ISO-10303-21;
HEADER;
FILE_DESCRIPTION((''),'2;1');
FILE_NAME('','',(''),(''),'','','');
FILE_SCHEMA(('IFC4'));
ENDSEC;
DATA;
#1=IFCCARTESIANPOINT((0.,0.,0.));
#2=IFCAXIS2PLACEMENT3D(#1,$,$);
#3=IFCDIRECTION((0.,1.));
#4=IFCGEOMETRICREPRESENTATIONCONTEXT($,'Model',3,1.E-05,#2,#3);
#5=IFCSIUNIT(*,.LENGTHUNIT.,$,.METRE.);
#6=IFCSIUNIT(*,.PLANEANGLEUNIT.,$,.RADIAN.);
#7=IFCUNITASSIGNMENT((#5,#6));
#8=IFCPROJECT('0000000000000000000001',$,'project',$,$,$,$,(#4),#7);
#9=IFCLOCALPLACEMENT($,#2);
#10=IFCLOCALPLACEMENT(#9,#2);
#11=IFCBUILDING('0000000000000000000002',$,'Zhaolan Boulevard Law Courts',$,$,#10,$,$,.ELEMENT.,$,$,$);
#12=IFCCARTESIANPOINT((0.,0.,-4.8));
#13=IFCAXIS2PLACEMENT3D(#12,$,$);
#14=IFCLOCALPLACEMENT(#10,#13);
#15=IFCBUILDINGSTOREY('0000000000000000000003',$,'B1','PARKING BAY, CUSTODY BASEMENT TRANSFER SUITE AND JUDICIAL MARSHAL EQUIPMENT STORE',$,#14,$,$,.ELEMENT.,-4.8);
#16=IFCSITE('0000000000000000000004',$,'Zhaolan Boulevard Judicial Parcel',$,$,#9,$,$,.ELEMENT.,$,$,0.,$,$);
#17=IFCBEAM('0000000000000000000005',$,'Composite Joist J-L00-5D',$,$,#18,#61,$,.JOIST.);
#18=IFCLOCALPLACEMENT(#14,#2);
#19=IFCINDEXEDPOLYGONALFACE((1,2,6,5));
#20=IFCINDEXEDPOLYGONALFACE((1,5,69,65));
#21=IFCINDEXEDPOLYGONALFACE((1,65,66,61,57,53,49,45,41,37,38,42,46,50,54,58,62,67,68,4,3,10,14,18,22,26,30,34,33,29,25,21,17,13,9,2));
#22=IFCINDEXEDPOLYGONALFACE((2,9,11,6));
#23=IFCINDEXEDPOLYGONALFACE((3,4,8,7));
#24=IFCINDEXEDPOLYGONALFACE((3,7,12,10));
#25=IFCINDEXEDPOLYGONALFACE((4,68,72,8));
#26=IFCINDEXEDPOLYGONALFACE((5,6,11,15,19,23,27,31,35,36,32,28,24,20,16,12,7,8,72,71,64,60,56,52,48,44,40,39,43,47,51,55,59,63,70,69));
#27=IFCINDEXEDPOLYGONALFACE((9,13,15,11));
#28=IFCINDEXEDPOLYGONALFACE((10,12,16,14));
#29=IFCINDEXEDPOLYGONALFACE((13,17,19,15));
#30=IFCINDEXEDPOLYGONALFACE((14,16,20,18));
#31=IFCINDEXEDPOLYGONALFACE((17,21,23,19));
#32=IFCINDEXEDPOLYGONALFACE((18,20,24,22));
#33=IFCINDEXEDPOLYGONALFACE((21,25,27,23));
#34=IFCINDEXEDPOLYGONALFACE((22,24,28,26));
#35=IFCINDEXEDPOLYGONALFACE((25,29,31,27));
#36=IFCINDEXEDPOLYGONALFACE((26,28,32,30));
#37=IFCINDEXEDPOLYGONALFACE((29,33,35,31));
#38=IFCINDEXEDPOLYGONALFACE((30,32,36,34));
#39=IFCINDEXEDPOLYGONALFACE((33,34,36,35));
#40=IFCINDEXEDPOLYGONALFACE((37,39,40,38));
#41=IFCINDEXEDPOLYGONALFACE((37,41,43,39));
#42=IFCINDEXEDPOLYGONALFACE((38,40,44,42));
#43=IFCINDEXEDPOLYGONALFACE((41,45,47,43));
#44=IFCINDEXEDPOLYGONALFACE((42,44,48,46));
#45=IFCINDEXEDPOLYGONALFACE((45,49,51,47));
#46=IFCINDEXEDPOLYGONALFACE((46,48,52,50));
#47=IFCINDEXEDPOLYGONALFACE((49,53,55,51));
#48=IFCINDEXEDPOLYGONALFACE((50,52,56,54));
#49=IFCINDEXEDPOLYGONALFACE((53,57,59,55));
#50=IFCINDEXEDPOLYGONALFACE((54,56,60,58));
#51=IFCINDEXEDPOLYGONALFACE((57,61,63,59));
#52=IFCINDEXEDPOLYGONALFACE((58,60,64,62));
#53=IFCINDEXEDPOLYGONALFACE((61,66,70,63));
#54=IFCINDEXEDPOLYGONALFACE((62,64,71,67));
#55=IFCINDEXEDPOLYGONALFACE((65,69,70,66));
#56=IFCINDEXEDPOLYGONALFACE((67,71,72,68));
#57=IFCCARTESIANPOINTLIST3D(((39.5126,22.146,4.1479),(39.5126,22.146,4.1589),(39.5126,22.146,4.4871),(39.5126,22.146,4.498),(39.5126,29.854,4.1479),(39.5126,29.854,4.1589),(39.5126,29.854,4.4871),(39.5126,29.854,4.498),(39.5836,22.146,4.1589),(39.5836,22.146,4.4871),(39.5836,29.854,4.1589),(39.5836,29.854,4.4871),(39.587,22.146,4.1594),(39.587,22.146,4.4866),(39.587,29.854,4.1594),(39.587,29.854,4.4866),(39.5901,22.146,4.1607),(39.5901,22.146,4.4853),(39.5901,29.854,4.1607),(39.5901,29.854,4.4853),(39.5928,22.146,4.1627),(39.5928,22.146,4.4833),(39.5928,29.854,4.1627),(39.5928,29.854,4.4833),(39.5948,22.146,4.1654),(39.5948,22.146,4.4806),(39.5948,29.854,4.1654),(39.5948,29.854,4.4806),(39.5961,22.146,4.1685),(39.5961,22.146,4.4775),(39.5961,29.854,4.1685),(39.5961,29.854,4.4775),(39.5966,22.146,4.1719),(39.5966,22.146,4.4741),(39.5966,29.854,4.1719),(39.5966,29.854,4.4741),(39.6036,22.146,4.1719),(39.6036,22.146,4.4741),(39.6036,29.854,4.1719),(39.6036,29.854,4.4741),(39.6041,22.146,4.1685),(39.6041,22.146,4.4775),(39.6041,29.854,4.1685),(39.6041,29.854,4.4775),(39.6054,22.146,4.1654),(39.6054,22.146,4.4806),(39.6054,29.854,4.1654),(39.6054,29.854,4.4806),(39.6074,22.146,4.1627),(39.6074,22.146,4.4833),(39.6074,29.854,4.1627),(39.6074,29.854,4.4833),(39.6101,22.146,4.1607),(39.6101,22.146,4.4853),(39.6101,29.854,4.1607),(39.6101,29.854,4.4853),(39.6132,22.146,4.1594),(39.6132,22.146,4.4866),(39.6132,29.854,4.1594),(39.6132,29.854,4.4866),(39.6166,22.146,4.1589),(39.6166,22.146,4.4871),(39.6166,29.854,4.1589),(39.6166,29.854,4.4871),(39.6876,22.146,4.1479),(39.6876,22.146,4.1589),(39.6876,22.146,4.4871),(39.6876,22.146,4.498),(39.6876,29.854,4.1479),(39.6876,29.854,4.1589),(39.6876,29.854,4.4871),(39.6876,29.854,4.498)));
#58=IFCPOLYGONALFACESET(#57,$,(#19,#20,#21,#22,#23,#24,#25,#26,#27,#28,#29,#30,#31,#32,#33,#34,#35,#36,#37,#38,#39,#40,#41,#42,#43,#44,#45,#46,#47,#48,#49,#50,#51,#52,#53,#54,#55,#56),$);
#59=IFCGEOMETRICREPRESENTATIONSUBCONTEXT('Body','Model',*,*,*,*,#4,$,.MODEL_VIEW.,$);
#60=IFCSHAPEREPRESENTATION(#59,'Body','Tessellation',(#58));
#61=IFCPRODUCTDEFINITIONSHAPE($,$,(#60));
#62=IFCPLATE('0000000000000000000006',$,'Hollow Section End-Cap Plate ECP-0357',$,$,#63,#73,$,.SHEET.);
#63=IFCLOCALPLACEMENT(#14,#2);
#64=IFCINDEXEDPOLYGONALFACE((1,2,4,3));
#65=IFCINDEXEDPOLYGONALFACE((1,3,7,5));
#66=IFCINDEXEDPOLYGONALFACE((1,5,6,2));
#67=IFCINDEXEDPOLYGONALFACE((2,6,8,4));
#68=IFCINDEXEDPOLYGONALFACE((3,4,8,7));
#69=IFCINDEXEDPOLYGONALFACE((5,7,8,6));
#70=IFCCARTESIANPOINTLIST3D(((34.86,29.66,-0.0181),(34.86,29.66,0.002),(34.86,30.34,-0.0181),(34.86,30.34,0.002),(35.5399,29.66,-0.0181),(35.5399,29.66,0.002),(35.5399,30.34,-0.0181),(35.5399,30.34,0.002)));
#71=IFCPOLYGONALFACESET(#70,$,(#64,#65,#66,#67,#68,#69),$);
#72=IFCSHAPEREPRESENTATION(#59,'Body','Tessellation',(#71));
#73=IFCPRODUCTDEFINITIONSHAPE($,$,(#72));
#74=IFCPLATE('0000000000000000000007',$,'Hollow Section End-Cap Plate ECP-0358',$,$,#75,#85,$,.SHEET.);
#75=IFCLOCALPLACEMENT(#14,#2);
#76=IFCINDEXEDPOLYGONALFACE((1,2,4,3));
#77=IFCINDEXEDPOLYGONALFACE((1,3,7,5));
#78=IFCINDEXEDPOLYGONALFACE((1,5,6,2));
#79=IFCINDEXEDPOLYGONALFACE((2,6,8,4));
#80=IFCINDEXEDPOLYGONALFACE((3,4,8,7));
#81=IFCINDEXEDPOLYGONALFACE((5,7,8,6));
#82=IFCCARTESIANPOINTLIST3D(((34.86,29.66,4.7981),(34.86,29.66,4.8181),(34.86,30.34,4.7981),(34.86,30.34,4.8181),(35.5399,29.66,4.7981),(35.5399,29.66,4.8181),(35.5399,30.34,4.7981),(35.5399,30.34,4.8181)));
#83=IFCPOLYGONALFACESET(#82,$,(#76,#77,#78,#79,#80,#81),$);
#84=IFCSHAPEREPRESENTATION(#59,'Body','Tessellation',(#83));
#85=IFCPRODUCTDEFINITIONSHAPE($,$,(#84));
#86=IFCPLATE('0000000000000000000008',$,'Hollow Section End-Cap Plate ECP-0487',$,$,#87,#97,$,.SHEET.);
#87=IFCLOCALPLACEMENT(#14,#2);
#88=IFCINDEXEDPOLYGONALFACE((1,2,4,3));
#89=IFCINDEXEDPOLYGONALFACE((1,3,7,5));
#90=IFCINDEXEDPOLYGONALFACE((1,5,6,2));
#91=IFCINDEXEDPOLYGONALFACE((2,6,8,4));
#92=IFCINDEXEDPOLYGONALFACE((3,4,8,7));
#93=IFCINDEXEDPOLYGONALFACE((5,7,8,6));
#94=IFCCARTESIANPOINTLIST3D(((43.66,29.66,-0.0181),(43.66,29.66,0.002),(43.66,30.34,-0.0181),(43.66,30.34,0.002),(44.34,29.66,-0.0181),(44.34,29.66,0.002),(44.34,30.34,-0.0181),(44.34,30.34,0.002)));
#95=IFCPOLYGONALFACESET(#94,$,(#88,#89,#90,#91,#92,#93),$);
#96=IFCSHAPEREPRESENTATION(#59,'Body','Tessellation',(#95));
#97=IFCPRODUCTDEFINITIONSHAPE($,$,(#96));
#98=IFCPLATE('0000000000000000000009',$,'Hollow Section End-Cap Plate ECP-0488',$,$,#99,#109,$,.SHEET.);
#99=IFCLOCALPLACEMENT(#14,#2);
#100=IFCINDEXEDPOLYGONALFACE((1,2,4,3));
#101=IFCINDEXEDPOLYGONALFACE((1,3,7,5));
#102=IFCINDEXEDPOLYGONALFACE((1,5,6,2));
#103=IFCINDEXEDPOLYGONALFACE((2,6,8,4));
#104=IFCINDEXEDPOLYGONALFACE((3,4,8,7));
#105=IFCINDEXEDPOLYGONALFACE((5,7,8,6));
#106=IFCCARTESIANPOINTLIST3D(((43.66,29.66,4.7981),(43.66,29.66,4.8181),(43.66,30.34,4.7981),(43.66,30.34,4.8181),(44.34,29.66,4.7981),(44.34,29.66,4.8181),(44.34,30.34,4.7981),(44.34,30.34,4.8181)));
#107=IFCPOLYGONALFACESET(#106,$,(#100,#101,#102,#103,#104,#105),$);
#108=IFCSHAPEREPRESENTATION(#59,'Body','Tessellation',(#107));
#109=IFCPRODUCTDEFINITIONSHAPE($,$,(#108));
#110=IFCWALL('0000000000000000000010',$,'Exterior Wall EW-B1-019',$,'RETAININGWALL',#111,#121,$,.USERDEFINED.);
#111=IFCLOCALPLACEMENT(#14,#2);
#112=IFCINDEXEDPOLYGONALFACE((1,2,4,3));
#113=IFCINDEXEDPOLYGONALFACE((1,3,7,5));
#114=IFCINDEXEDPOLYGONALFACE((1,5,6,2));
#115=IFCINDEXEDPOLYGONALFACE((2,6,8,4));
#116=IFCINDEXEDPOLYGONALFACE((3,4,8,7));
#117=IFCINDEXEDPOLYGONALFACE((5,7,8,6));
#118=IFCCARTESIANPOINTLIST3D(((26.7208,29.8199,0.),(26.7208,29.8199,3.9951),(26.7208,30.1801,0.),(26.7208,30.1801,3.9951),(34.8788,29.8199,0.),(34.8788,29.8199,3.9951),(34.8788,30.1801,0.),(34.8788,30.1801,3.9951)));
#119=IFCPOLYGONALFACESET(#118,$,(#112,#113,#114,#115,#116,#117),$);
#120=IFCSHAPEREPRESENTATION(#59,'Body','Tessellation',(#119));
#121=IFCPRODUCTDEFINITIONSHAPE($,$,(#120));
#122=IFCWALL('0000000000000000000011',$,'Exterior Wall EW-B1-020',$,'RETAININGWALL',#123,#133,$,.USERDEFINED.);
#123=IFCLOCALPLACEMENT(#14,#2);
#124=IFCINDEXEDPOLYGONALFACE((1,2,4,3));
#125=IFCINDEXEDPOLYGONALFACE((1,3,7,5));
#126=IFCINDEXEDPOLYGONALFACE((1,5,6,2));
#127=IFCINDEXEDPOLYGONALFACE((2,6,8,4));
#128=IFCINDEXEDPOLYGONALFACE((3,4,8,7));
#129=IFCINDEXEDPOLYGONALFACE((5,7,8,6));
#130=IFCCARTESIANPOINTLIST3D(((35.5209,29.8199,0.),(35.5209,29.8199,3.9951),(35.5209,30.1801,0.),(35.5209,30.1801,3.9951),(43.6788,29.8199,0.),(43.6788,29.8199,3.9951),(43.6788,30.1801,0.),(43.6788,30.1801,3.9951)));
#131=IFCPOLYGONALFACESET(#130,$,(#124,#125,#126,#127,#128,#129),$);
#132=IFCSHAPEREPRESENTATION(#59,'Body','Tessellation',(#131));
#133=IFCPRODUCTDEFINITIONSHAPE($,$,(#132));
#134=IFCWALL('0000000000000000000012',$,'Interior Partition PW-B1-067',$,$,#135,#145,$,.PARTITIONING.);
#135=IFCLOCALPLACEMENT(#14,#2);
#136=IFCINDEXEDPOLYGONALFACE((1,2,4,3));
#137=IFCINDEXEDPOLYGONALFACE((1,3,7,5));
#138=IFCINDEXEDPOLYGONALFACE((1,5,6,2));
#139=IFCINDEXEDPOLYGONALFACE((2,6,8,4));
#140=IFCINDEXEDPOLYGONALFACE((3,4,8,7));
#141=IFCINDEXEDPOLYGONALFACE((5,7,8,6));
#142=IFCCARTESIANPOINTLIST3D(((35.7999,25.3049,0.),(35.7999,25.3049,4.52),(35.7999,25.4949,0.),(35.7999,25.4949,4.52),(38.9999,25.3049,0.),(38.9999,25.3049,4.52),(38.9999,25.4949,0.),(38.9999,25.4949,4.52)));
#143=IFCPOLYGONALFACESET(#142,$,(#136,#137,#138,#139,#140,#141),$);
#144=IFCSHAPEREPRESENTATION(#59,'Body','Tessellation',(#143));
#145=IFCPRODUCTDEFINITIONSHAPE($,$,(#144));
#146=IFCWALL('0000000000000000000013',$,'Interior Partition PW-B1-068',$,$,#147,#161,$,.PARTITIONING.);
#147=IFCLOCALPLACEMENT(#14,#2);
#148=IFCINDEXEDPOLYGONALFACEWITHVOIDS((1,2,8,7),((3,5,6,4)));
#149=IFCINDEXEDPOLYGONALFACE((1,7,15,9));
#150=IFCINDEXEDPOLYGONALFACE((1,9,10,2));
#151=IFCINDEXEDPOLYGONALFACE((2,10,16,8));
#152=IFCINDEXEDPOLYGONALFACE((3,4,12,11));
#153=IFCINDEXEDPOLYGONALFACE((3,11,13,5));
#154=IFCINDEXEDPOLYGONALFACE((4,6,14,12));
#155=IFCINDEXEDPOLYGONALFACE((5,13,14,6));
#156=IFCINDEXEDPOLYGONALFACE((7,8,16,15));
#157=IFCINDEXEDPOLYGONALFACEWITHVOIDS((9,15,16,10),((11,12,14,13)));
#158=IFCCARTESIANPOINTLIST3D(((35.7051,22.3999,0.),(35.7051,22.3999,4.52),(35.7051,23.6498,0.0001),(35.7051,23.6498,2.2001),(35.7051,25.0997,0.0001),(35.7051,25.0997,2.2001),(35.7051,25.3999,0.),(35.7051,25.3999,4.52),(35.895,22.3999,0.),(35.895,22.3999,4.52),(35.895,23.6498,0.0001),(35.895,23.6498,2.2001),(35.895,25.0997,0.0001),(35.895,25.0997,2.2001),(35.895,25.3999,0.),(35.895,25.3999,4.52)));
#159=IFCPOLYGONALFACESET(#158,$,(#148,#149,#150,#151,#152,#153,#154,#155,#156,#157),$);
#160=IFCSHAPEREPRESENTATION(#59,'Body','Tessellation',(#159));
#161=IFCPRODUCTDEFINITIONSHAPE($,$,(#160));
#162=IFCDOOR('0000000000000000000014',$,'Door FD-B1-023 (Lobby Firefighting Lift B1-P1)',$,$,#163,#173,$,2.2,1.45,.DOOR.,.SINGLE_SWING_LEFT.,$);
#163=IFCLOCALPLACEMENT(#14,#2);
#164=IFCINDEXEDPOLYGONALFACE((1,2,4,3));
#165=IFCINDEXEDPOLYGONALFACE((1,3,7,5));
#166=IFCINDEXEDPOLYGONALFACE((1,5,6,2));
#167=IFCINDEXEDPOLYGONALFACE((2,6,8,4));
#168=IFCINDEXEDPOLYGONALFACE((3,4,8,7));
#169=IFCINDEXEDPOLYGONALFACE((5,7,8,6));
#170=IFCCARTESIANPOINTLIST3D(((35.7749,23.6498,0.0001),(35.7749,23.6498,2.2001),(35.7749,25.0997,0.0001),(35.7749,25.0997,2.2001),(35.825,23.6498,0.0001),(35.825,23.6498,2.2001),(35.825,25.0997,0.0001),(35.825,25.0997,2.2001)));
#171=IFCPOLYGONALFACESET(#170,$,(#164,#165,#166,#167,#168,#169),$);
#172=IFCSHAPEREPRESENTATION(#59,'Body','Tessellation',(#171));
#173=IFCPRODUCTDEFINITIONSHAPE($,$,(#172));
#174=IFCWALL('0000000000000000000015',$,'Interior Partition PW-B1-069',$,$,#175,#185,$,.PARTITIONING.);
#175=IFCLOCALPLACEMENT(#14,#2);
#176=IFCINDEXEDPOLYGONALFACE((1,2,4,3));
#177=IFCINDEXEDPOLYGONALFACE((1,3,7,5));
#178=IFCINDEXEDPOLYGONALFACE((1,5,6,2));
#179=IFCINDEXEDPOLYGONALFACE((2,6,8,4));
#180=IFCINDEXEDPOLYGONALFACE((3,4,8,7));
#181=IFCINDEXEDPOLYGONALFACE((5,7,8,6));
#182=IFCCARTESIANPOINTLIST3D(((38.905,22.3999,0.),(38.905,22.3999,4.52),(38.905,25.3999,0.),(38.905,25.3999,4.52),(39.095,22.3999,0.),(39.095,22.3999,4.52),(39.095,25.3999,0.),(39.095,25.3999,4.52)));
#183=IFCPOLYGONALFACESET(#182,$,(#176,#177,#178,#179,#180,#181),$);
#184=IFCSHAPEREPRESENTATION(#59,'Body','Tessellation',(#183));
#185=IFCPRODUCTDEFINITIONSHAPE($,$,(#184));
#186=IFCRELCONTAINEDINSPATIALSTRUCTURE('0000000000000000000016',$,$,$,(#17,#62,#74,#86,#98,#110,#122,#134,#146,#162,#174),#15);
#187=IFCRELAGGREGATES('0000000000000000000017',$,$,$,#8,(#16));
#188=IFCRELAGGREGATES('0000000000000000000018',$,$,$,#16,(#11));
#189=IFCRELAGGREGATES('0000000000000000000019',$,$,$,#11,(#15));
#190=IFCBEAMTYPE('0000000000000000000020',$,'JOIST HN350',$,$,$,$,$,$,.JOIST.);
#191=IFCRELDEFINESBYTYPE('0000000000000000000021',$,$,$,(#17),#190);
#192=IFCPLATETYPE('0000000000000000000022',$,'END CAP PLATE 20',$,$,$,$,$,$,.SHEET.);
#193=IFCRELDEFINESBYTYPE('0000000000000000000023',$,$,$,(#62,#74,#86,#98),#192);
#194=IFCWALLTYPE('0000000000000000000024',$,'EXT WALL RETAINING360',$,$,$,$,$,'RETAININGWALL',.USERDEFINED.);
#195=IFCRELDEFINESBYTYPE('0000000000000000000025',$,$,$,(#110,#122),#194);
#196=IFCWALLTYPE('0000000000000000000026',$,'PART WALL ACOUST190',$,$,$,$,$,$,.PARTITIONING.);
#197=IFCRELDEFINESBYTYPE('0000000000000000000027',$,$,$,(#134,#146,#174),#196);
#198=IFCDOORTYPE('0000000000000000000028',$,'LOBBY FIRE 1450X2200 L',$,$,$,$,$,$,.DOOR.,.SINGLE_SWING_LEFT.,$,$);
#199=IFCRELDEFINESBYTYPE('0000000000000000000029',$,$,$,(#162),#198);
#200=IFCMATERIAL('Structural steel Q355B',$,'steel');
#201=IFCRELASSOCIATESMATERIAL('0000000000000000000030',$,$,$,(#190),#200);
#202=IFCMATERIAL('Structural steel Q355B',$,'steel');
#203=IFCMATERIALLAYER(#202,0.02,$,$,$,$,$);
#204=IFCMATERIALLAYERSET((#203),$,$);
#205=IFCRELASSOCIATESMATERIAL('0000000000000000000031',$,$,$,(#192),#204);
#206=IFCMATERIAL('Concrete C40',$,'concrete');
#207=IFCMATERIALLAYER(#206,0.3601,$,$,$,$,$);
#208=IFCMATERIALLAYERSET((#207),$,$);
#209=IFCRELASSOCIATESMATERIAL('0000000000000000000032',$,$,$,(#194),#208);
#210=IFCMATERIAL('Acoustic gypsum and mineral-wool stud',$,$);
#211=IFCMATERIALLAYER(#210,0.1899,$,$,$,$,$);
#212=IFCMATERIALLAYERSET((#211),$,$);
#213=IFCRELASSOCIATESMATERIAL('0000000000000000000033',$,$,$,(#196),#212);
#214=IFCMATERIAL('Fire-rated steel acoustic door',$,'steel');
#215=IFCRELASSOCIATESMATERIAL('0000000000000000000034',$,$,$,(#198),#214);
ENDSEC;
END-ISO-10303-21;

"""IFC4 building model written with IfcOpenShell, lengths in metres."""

from ifc_helpers import new_model, si_unit, direction, frame, frame_2d, origin, origin_2d, place, context, subcontext, project, spatial, rectangle, i_section, extrude, material, layer, layer_set, material_profile, profile_set, type_object, element, fill, save


model = new_model("IFC4")

# Units and contexts
model_context = context("Model", 3, precision=1e-05, world=origin(), true_north=direction((0.0, 1.0)))
body_context = subcontext(model_context, "Body", "Model", "MODEL_VIEW")
ifc_project = project(units=[si_unit("LENGTHUNIT", "METRE"), si_unit("PLANEANGLEUNIT", "RADIAN")], contexts=[model_context])

# Site, building, storey
site_placement = place(None, origin())
site = spatial("IfcSite", under=ifc_project, at=site_placement, Name="Zhaolan Boulevard Judicial Parcel", CompositionType="ELEMENT", RefElevation=0.0)
building_placement = place(site_placement, origin())
building = spatial("IfcBuilding", under=site, at=building_placement, Name="Zhaolan Boulevard Law Courts", CompositionType="ELEMENT")
storey_placement = place(building_placement, frame((0.0, 0.0, -4.8)))
storey = spatial("IfcBuildingStorey", under=building, at=storey_placement, Name="B1", Description="PARKING BAY, CUSTODY BASEMENT TRANSFER SUITE AND JUDICIAL MARSHAL EQUIPMENT STORE", CompositionType="ELEMENT", Elevation=-4.8)

# Beam
ifc_material_1 = material(Name="Structural steel Q355B", Category="steel")
ifc_material_profile_1 = material_profile(ifc_material_1, i_section(OverallWidth=0.175, OverallDepth=0.3501, WebThickness=0.0071, FlangeThickness=0.011, FilletRadius=0.0129, at=origin_2d()), Name="HN350x175")
ifc_profile_set_1 = profile_set([ifc_material_profile_1], Name="Structural steel Q355B")
beam_type_1 = type_object("IfcBeamType", Name="JOIST HN350", PredefinedType="JOIST", material=ifc_profile_set_1)
beam_1_placement = place(storey_placement, frame((39.6001, 22.146, 4.323), z_axis=(0.0, 1.0, 0.0), x_axis=(-1.0, 0.0, 0.0)))
element("IfcBeam", 1, at=beam_1_placement, inside=storey, type_object=beam_type_1, Name="Composite Joist J-L00-5D", PredefinedType="JOIST", context=body_context, shape_type="SweptSolid", body=[
    extrude(i_section(OverallWidth=0.175, OverallDepth=0.3501, WebThickness=0.0071, FlangeThickness=0.011, FilletRadius=0.0129, at=origin_2d()), origin(), (0.0, 0.0, 1.0), 7.708),
])

# Plates
ifc_material_2 = material(Name="Structural steel Q355B", Category="steel")
ifc_layer_1 = layer(ifc_material_2, 0.02)
ifc_layer_set_1 = layer_set([ifc_layer_1])
plate_type = type_object("IfcPlateType", Name="END CAP PLATE 20", PredefinedType="SHEET", material=ifc_layer_set_1)
for number, where, z_axis, x_axis, name in (
    (2, (35.2, 30.0, -0.0181), (0.0, 0.0, 1.0), (1.0, 0.0, 0.0), "Hollow Section End-Cap Plate ECP-0357"),
    (3, (35.2, 30.0, 4.7981), (0.0, 0.0, 1.0), (1.0, 0.0, 0.0), "Hollow Section End-Cap Plate ECP-0358"),
    (4, (44.0, 30.0, -0.0181), (0.0, 0.0, 1.0), (1.0, 0.0, 0.0), "Hollow Section End-Cap Plate ECP-0487"),
    (5, (44.0, 30.0, 4.7981), (0.0, 0.0, 1.0), (1.0, 0.0, 0.0), "Hollow Section End-Cap Plate ECP-0488"),
):
    element("IfcPlate", number, at=place(storey_placement, frame(where, z_axis=z_axis, x_axis=x_axis)), inside=storey, type_object=plate_type, Name=name, PredefinedType="SHEET", context=body_context, shape_type="SweptSolid", body=[
        extrude(rectangle(XDim=0.6799, YDim=0.6799, at=origin_2d()), origin(), (0.0, 0.0, 1.0), 0.02),
    ])

# Walls
ifc_material_3 = material(Name="Concrete C40", Category="concrete")
ifc_layer_2 = layer(ifc_material_3, 0.3601)
ifc_layer_set_2 = layer_set([ifc_layer_2])
wall_type_1 = type_object("IfcWallType", Name="EXT WALL RETAINING360", ElementType="RETAININGWALL", PredefinedType="USERDEFINED", material=ifc_layer_set_2)
for number, where, z_axis, x_axis, name in (
    (6, (34.8789, 30.0, 0.0), (0.0, 0.0, 1.0), (-1.0, 0.0, 0.0), "Exterior Wall EW-B1-019"),
    (7, (43.679, 30.0, 0.0), (0.0, 0.0, 1.0), (-1.0, 0.0, 0.0), "Exterior Wall EW-B1-020"),
):
    element("IfcWall", number, at=place(storey_placement, frame(where, z_axis=z_axis, x_axis=x_axis)), inside=storey, type_object=wall_type_1, Name=name, ObjectType="RETAININGWALL", PredefinedType="USERDEFINED", context=body_context, shape_type="SweptSolid", body=[
        extrude(rectangle(XDim=8.158, YDim=0.3601, at=frame_2d((4.0791, 0.0))), origin(), (0.0, 0.0, 1.0), 3.9951),
    ])
ifc_material_4 = material(Name="Acoustic gypsum and mineral-wool stud")
ifc_layer_3 = layer(ifc_material_4, 0.1899)
ifc_layer_set_3 = layer_set([ifc_layer_3])
wall_type_2 = type_object("IfcWallType", Name="PART WALL ACOUST190", PredefinedType="PARTITIONING", material=ifc_layer_set_3)
wall_1_placement = place(storey_placement, frame((39.0, 25.3999, 0.0), z_axis=(0.0, 0.0, 1.0), x_axis=(-1.0, 0.0, 0.0)))
element("IfcWall", 8, at=wall_1_placement, inside=storey, type_object=wall_type_2, Name="Interior Partition PW-B1-067", PredefinedType="PARTITIONING", context=body_context, shape_type="SweptSolid", body=[
    extrude(rectangle(XDim=3.2, YDim=0.1899, at=frame_2d((1.6001, 0.0))), origin(), (0.0, 0.0, 1.0), 4.52),
])

# Wall, opening, door
wall_2_placement = place(storey_placement, frame((35.8, 25.3999, 0.0), z_axis=(0.0, 0.0, 1.0), x_axis=(0.0, -1.0, 0.0)))
wall_2 = element("IfcWall", 9, at=wall_2_placement, inside=storey, type_object=wall_type_2, Name="Interior Partition PW-B1-068", PredefinedType="PARTITIONING", context=body_context, shape_type="SweptSolid", body=[
    extrude(rectangle(XDim=3.0, YDim=0.1899, at=frame_2d((1.5, 0.0))), origin(), (0.0, 0.0, 1.0), 4.52),
])
opening_placement = place(wall_2_placement, frame((0.3, 0.0, 0.0)))
opening = element("IfcOpeningElement", 10, at=opening_placement, cuts=wall_2, PredefinedType="OPENING", context=body_context, shape_type="SweptSolid", body=[
    extrude(rectangle(XDim=1.45, YDim=2.2, at=frame_2d((0.7251, 1.1001))), frame((0.0, 0.105, 0.0), z_axis=(0.0, -1.0, 0.0), x_axis=(1.0, 0.0, 0.0)), (0.0, 0.0, 1.0), 0.21),
])
ifc_material_5 = material(Name="Fire-rated steel acoustic door", Category="steel")
door_type = type_object("IfcDoorType", Name="LOBBY FIRE 1450X2200 L", OperationType="SINGLE_SWING_LEFT", PredefinedType="DOOR", material=ifc_material_5)
door_placement = place(opening_placement, origin())
door = element("IfcDoor", 11, at=door_placement, inside=storey, type_object=door_type, Name="Door FD-B1-023 (Lobby Firefighting Lift B1-P1)", OperationType="SINGLE_SWING_LEFT", OverallHeight=2.2, OverallWidth=1.45, PredefinedType="DOOR", context=body_context, shape_type="SweptSolid", body=[
    extrude(rectangle(XDim=1.45, YDim=2.2, at=frame_2d((0.7251, 1.1001))), frame((0.0, 0.0249, 0.0), z_axis=(0.0, -1.0, 0.0), x_axis=(1.0, 0.0, 0.0)), (0.0, 0.0, 1.0), 0.05),
])
fill(opening, door)

# Wall
wall_3_placement = place(storey_placement, frame((39.0, 22.3999, 0.0), z_axis=(0.0, 0.0, 1.0), x_axis=(0.0, 1.0, 0.0)))
element("IfcWall", 12, at=wall_3_placement, inside=storey, type_object=wall_type_2, Name="Interior Partition PW-B1-069", PredefinedType="PARTITIONING", context=body_context, shape_type="SweptSolid", body=[
    extrude(rectangle(XDim=3.0, YDim=0.1899, at=frame_2d((1.5, 0.0))), origin(), (0.0, 0.0, 1.0), 4.52),
])

save(model, "model.ifc")
